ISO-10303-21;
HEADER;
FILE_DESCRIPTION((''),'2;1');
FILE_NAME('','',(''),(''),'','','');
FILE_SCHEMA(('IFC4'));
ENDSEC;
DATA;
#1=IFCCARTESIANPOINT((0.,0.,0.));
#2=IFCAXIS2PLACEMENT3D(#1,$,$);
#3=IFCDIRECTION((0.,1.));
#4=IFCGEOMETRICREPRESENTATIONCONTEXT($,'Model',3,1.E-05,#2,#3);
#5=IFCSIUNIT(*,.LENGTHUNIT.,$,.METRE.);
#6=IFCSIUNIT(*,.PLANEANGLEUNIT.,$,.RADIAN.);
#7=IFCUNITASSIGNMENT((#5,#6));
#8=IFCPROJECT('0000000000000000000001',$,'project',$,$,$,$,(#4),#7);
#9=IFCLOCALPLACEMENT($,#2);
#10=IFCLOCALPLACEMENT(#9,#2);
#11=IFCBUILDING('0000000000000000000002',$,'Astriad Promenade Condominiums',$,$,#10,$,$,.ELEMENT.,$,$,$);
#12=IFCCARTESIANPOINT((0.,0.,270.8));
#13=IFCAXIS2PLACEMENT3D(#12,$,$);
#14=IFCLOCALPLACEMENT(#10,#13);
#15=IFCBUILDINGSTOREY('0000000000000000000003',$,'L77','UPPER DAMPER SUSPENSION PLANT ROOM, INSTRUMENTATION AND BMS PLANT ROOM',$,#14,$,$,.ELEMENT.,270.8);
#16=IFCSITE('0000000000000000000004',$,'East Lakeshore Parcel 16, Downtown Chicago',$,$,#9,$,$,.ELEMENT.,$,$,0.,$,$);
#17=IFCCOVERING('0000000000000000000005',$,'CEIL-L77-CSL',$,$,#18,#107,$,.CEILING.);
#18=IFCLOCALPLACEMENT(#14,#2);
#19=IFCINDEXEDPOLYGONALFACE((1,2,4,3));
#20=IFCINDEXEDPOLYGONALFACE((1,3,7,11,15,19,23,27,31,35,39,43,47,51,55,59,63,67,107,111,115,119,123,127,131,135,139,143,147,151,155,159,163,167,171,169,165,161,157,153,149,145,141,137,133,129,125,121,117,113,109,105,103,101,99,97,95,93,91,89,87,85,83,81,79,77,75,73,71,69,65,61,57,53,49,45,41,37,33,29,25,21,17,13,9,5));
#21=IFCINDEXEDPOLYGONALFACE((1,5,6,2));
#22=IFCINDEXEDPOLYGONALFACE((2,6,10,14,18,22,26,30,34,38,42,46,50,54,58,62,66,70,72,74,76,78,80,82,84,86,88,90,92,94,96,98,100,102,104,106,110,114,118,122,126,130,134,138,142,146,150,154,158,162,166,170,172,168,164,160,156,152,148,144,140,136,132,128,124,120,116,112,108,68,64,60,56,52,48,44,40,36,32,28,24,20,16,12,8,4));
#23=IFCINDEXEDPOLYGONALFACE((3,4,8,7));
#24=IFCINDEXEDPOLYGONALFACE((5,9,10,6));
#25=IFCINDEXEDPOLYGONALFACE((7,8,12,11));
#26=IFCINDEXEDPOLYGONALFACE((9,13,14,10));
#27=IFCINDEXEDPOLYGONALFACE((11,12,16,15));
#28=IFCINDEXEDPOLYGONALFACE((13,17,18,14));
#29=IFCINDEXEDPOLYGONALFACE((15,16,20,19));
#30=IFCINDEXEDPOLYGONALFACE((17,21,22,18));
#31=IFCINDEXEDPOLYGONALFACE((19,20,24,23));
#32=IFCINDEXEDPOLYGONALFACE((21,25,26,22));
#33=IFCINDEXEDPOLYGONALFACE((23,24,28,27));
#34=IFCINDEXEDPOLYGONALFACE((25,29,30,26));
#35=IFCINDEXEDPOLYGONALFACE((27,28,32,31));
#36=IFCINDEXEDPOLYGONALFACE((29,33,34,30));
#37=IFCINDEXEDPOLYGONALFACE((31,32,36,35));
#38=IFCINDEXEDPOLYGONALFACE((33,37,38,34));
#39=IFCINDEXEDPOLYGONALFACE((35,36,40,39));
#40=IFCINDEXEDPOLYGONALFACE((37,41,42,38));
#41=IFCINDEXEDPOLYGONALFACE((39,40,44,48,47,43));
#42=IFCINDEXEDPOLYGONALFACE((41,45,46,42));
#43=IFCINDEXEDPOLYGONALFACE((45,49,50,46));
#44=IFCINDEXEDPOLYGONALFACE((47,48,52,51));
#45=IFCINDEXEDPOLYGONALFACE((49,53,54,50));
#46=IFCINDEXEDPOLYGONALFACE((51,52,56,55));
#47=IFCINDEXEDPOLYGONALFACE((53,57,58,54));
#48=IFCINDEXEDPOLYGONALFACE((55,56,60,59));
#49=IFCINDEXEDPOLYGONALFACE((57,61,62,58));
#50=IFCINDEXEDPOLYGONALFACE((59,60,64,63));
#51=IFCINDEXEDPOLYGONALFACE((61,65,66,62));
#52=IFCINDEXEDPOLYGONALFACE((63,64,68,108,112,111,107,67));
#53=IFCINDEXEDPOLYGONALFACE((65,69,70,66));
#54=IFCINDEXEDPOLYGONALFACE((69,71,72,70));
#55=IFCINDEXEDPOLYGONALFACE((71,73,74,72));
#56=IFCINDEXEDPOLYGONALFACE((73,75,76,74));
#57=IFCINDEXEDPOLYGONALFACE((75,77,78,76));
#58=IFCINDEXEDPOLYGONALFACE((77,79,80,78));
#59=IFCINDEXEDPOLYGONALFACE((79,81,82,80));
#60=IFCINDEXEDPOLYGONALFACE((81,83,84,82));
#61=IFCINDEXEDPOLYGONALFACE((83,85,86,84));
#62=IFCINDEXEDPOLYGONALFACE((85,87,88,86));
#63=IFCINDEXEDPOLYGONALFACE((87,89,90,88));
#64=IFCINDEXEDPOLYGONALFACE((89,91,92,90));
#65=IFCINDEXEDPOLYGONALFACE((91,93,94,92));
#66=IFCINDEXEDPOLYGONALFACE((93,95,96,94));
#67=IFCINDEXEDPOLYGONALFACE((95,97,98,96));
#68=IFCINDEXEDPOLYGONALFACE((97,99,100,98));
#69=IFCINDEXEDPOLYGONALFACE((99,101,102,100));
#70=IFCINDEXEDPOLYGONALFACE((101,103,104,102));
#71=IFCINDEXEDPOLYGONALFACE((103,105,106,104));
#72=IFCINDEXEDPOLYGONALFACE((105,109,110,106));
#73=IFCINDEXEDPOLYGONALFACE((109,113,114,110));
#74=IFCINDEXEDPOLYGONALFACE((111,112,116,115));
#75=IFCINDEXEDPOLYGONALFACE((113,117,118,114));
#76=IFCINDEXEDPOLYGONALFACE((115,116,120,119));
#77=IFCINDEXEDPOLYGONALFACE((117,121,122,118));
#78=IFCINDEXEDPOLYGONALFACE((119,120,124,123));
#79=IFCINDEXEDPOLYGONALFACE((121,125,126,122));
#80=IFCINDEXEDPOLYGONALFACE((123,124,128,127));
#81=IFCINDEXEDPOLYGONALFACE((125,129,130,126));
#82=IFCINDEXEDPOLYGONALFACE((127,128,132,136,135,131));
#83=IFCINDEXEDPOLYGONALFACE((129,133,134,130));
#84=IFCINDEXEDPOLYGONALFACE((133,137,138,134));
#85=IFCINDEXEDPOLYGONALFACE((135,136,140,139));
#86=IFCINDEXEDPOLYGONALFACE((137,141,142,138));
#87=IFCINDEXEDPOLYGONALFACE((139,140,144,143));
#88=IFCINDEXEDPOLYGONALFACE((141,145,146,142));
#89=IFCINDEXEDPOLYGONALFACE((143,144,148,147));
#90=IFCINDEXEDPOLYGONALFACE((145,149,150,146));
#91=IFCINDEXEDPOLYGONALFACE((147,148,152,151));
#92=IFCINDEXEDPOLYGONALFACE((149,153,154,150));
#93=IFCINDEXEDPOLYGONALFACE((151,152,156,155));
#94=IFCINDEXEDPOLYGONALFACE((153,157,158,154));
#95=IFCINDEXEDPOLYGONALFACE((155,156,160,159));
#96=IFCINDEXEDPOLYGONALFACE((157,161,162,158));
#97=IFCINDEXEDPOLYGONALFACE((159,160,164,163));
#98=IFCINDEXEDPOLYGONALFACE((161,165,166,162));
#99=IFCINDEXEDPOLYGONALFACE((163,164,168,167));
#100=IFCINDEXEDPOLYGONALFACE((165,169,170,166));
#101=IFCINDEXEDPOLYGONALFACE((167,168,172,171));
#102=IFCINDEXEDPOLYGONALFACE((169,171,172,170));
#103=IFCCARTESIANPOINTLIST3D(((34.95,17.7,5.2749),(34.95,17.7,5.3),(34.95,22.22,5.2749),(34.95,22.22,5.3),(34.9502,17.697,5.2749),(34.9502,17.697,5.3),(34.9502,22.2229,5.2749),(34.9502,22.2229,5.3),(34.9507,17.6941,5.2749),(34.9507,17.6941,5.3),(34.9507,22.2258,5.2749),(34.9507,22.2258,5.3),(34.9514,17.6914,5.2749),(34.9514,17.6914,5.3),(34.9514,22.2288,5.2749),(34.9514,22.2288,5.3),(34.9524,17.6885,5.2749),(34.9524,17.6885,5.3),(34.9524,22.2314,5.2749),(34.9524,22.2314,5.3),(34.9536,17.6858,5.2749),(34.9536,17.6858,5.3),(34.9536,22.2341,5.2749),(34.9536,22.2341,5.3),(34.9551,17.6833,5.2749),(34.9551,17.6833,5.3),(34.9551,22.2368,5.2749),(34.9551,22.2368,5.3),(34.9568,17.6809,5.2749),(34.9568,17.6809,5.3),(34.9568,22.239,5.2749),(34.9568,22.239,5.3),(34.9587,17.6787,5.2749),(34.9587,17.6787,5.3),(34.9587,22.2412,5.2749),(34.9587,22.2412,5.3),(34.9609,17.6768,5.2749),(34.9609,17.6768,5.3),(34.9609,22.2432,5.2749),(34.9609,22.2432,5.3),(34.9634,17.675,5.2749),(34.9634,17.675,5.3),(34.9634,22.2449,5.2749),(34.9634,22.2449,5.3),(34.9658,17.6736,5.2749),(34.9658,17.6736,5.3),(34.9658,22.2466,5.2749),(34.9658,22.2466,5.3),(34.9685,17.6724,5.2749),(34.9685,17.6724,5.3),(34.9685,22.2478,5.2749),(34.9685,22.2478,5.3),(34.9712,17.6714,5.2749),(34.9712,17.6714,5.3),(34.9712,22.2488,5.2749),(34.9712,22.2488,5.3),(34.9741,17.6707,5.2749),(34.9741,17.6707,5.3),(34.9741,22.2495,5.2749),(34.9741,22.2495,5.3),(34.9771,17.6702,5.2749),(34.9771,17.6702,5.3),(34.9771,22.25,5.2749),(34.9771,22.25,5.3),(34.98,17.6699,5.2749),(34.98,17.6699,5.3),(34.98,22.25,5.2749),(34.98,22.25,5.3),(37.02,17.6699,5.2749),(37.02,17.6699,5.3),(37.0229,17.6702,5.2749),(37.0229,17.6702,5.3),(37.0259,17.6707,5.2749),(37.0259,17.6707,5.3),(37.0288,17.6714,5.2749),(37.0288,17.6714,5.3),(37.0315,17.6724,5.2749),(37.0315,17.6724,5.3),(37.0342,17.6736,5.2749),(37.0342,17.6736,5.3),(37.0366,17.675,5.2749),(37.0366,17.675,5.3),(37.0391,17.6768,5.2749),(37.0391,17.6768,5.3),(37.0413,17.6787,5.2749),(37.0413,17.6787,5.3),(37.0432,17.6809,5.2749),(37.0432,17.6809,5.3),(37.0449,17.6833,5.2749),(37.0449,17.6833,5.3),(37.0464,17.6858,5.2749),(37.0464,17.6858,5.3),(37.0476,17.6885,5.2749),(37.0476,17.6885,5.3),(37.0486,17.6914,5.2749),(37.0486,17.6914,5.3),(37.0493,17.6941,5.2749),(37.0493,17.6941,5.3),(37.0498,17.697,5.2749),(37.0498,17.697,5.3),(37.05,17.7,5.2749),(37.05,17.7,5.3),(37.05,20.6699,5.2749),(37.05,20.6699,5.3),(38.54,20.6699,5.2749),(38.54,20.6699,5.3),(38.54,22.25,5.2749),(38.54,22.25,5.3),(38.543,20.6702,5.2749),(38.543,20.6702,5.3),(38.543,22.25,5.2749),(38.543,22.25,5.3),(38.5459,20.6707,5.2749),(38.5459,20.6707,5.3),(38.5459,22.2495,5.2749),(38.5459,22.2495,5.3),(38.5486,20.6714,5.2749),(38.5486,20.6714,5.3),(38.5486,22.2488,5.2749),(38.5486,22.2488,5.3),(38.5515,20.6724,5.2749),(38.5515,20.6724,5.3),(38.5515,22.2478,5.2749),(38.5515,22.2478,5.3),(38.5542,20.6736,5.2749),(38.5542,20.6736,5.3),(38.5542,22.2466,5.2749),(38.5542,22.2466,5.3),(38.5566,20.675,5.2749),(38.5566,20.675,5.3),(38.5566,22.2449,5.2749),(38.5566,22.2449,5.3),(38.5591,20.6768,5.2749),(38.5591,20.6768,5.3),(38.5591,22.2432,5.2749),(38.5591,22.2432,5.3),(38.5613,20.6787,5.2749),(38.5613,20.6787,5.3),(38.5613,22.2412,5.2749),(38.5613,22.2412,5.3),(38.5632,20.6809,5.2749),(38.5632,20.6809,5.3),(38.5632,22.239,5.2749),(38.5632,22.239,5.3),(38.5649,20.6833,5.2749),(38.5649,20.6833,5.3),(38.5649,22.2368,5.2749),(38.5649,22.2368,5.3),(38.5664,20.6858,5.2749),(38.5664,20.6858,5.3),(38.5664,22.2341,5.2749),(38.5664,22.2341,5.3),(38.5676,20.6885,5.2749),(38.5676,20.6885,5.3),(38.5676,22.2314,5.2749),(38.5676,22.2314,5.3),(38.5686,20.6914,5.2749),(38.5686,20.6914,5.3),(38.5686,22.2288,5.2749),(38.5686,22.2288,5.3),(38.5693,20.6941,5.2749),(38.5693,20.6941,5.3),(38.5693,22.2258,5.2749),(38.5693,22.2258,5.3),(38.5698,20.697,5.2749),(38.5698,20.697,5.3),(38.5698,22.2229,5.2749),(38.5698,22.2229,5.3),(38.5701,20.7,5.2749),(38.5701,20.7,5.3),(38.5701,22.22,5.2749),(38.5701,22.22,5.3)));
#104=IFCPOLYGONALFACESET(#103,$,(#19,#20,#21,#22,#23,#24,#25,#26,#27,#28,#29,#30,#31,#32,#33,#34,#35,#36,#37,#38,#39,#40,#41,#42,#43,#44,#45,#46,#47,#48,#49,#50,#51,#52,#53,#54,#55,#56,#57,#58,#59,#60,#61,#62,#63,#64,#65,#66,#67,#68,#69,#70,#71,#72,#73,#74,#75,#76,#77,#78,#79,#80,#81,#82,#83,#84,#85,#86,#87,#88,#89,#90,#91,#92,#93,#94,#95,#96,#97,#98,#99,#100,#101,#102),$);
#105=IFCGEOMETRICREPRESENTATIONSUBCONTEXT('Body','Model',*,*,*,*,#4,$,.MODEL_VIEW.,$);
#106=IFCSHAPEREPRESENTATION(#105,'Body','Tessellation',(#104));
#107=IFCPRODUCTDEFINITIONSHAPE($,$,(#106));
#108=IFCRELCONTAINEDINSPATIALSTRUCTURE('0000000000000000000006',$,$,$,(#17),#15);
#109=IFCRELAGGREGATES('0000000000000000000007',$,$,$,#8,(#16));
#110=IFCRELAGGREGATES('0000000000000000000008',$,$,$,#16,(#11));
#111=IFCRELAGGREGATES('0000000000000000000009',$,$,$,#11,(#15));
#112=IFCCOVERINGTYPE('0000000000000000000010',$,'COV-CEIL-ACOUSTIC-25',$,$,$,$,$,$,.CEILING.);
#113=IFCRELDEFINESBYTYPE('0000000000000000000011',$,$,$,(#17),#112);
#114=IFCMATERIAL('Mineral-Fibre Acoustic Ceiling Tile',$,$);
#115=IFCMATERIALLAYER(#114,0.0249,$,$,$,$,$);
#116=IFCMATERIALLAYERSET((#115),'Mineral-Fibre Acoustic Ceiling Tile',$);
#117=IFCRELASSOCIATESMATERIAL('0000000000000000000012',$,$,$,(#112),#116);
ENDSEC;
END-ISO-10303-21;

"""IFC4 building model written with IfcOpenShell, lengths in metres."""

from ifc_helpers import new_model, si_unit, direction, frame, origin, place, context, subcontext, project, spatial, polyline, outline, extrude, material, layer, layer_set, type_object, element, save


model = new_model("IFC4")

# Units and contexts
model_context = context("Model", 3, precision=1e-05, world=origin(), true_north=direction((0.0, 1.0)))
body_context = subcontext(model_context, "Body", "Model", "MODEL_VIEW")
ifc_project = project(units=[si_unit("LENGTHUNIT", "METRE"), si_unit("PLANEANGLEUNIT", "RADIAN")], contexts=[model_context])

# Site, building, storey
site_placement = place(None, origin())
site = spatial("IfcSite", under=ifc_project, at=site_placement, Name="East Lakeshore Parcel 16, Downtown Chicago", CompositionType="ELEMENT", RefElevation=0.0)
building_placement = place(site_placement, origin())
building = spatial("IfcBuilding", under=site, at=building_placement, Name="Astriad Promenade Condominiums", CompositionType="ELEMENT")
storey_placement = place(building_placement, frame((0.0, 0.0, 270.8)))
storey = spatial("IfcBuildingStorey", under=building, at=storey_placement, Name="L77", Description="UPPER DAMPER SUSPENSION PLANT ROOM, INSTRUMENTATION AND BMS PLANT ROOM", CompositionType="ELEMENT", Elevation=270.8)

# Covering
ifc_material_1 = material(Name="Mineral-Fibre Acoustic Ceiling Tile")
ifc_layer_1 = layer(ifc_material_1, 0.0249)
ifc_layer_set_1 = layer_set([ifc_layer_1], Name="Mineral-Fibre Acoustic Ceiling Tile")
covering_type_1 = type_object("IfcCoveringType", Name="COV-CEIL-ACOUSTIC-25", PredefinedType="CEILING", material=ifc_layer_set_1)
covering_1_placement = place(storey_placement, frame((0.0, 0.0, 5.2749)))
element("IfcCovering", 1, at=covering_1_placement, inside=storey, type_object=covering_type_1, Name="CEIL-L77-CSL", PredefinedType="CEILING", context=body_context, shape_type="SweptSolid", body=[
    extrude(outline(polyline([(37.05, 17.7), (37.0498, 17.697), (37.0493, 17.6941), (37.0486, 17.6914), (37.0476, 17.6885), (37.0464, 17.6858), (37.0449, 17.6833), (37.0432, 17.6809), (37.0413, 17.6787), (37.0391, 17.6768), (37.0366, 17.675), (37.0342, 17.6736), (37.0315, 17.6724), (37.0288, 17.6714), (37.0259, 17.6707), (37.0229, 17.6702), (37.02, 17.6699), (34.98, 17.6699), (34.9771, 17.6702), (34.9741, 17.6707), (34.9712, 17.6714), (34.9685, 17.6724), (34.9658, 17.6736), (34.9634, 17.675), (34.9609, 17.6768), (34.9587, 17.6787), (34.9568, 17.6809), (34.9551, 17.6833), (34.9536, 17.6858), (34.9524, 17.6885), (34.9514, 17.6914), (34.9507, 17.6941), (34.9502, 17.697), (34.95, 17.7), (34.95, 22.22), (34.9502, 22.2229), (34.9507, 22.2258), (34.9514, 22.2288), (34.9524, 22.2314), (34.9536, 22.2341), (34.9551, 22.2368), (34.9568, 22.239), (34.9587, 22.2412), (34.9609, 22.2432), (34.9634, 22.2449), (34.9658, 22.2466), (34.9685, 22.2478), (34.9712, 22.2488), (34.9741, 22.2495), (34.9771, 22.25), (34.98, 22.25), (38.54, 22.25), (38.543, 22.25), (38.5459, 22.2495), (38.5486, 22.2488), (38.5515, 22.2478), (38.5542, 22.2466), (38.5566, 22.2449), (38.5591, 22.2432), (38.5613, 22.2412), (38.5632, 22.239), (38.5649, 22.2368), (38.5664, 22.2341), (38.5676, 22.2314), (38.5686, 22.2288), (38.5693, 22.2258), (38.5698, 22.2229), (38.5701, 22.22), (38.5701, 20.7), (38.5698, 20.697), (38.5693, 20.6941), (38.5686, 20.6914), (38.5676, 20.6885), (38.5664, 20.6858), (38.5649, 20.6833), (38.5632, 20.6809), (38.5613, 20.6787), (38.5591, 20.6768), (38.5566, 20.675), (38.5542, 20.6736), (38.5515, 20.6724), (38.5486, 20.6714), (38.5459, 20.6707), (38.543, 20.6702), (38.54, 20.6699), (37.05, 20.6699), (37.05, 17.7)])), origin(), (0.0, 0.0, 1.0), 0.0251),
])

save(model, "model.ifc")
